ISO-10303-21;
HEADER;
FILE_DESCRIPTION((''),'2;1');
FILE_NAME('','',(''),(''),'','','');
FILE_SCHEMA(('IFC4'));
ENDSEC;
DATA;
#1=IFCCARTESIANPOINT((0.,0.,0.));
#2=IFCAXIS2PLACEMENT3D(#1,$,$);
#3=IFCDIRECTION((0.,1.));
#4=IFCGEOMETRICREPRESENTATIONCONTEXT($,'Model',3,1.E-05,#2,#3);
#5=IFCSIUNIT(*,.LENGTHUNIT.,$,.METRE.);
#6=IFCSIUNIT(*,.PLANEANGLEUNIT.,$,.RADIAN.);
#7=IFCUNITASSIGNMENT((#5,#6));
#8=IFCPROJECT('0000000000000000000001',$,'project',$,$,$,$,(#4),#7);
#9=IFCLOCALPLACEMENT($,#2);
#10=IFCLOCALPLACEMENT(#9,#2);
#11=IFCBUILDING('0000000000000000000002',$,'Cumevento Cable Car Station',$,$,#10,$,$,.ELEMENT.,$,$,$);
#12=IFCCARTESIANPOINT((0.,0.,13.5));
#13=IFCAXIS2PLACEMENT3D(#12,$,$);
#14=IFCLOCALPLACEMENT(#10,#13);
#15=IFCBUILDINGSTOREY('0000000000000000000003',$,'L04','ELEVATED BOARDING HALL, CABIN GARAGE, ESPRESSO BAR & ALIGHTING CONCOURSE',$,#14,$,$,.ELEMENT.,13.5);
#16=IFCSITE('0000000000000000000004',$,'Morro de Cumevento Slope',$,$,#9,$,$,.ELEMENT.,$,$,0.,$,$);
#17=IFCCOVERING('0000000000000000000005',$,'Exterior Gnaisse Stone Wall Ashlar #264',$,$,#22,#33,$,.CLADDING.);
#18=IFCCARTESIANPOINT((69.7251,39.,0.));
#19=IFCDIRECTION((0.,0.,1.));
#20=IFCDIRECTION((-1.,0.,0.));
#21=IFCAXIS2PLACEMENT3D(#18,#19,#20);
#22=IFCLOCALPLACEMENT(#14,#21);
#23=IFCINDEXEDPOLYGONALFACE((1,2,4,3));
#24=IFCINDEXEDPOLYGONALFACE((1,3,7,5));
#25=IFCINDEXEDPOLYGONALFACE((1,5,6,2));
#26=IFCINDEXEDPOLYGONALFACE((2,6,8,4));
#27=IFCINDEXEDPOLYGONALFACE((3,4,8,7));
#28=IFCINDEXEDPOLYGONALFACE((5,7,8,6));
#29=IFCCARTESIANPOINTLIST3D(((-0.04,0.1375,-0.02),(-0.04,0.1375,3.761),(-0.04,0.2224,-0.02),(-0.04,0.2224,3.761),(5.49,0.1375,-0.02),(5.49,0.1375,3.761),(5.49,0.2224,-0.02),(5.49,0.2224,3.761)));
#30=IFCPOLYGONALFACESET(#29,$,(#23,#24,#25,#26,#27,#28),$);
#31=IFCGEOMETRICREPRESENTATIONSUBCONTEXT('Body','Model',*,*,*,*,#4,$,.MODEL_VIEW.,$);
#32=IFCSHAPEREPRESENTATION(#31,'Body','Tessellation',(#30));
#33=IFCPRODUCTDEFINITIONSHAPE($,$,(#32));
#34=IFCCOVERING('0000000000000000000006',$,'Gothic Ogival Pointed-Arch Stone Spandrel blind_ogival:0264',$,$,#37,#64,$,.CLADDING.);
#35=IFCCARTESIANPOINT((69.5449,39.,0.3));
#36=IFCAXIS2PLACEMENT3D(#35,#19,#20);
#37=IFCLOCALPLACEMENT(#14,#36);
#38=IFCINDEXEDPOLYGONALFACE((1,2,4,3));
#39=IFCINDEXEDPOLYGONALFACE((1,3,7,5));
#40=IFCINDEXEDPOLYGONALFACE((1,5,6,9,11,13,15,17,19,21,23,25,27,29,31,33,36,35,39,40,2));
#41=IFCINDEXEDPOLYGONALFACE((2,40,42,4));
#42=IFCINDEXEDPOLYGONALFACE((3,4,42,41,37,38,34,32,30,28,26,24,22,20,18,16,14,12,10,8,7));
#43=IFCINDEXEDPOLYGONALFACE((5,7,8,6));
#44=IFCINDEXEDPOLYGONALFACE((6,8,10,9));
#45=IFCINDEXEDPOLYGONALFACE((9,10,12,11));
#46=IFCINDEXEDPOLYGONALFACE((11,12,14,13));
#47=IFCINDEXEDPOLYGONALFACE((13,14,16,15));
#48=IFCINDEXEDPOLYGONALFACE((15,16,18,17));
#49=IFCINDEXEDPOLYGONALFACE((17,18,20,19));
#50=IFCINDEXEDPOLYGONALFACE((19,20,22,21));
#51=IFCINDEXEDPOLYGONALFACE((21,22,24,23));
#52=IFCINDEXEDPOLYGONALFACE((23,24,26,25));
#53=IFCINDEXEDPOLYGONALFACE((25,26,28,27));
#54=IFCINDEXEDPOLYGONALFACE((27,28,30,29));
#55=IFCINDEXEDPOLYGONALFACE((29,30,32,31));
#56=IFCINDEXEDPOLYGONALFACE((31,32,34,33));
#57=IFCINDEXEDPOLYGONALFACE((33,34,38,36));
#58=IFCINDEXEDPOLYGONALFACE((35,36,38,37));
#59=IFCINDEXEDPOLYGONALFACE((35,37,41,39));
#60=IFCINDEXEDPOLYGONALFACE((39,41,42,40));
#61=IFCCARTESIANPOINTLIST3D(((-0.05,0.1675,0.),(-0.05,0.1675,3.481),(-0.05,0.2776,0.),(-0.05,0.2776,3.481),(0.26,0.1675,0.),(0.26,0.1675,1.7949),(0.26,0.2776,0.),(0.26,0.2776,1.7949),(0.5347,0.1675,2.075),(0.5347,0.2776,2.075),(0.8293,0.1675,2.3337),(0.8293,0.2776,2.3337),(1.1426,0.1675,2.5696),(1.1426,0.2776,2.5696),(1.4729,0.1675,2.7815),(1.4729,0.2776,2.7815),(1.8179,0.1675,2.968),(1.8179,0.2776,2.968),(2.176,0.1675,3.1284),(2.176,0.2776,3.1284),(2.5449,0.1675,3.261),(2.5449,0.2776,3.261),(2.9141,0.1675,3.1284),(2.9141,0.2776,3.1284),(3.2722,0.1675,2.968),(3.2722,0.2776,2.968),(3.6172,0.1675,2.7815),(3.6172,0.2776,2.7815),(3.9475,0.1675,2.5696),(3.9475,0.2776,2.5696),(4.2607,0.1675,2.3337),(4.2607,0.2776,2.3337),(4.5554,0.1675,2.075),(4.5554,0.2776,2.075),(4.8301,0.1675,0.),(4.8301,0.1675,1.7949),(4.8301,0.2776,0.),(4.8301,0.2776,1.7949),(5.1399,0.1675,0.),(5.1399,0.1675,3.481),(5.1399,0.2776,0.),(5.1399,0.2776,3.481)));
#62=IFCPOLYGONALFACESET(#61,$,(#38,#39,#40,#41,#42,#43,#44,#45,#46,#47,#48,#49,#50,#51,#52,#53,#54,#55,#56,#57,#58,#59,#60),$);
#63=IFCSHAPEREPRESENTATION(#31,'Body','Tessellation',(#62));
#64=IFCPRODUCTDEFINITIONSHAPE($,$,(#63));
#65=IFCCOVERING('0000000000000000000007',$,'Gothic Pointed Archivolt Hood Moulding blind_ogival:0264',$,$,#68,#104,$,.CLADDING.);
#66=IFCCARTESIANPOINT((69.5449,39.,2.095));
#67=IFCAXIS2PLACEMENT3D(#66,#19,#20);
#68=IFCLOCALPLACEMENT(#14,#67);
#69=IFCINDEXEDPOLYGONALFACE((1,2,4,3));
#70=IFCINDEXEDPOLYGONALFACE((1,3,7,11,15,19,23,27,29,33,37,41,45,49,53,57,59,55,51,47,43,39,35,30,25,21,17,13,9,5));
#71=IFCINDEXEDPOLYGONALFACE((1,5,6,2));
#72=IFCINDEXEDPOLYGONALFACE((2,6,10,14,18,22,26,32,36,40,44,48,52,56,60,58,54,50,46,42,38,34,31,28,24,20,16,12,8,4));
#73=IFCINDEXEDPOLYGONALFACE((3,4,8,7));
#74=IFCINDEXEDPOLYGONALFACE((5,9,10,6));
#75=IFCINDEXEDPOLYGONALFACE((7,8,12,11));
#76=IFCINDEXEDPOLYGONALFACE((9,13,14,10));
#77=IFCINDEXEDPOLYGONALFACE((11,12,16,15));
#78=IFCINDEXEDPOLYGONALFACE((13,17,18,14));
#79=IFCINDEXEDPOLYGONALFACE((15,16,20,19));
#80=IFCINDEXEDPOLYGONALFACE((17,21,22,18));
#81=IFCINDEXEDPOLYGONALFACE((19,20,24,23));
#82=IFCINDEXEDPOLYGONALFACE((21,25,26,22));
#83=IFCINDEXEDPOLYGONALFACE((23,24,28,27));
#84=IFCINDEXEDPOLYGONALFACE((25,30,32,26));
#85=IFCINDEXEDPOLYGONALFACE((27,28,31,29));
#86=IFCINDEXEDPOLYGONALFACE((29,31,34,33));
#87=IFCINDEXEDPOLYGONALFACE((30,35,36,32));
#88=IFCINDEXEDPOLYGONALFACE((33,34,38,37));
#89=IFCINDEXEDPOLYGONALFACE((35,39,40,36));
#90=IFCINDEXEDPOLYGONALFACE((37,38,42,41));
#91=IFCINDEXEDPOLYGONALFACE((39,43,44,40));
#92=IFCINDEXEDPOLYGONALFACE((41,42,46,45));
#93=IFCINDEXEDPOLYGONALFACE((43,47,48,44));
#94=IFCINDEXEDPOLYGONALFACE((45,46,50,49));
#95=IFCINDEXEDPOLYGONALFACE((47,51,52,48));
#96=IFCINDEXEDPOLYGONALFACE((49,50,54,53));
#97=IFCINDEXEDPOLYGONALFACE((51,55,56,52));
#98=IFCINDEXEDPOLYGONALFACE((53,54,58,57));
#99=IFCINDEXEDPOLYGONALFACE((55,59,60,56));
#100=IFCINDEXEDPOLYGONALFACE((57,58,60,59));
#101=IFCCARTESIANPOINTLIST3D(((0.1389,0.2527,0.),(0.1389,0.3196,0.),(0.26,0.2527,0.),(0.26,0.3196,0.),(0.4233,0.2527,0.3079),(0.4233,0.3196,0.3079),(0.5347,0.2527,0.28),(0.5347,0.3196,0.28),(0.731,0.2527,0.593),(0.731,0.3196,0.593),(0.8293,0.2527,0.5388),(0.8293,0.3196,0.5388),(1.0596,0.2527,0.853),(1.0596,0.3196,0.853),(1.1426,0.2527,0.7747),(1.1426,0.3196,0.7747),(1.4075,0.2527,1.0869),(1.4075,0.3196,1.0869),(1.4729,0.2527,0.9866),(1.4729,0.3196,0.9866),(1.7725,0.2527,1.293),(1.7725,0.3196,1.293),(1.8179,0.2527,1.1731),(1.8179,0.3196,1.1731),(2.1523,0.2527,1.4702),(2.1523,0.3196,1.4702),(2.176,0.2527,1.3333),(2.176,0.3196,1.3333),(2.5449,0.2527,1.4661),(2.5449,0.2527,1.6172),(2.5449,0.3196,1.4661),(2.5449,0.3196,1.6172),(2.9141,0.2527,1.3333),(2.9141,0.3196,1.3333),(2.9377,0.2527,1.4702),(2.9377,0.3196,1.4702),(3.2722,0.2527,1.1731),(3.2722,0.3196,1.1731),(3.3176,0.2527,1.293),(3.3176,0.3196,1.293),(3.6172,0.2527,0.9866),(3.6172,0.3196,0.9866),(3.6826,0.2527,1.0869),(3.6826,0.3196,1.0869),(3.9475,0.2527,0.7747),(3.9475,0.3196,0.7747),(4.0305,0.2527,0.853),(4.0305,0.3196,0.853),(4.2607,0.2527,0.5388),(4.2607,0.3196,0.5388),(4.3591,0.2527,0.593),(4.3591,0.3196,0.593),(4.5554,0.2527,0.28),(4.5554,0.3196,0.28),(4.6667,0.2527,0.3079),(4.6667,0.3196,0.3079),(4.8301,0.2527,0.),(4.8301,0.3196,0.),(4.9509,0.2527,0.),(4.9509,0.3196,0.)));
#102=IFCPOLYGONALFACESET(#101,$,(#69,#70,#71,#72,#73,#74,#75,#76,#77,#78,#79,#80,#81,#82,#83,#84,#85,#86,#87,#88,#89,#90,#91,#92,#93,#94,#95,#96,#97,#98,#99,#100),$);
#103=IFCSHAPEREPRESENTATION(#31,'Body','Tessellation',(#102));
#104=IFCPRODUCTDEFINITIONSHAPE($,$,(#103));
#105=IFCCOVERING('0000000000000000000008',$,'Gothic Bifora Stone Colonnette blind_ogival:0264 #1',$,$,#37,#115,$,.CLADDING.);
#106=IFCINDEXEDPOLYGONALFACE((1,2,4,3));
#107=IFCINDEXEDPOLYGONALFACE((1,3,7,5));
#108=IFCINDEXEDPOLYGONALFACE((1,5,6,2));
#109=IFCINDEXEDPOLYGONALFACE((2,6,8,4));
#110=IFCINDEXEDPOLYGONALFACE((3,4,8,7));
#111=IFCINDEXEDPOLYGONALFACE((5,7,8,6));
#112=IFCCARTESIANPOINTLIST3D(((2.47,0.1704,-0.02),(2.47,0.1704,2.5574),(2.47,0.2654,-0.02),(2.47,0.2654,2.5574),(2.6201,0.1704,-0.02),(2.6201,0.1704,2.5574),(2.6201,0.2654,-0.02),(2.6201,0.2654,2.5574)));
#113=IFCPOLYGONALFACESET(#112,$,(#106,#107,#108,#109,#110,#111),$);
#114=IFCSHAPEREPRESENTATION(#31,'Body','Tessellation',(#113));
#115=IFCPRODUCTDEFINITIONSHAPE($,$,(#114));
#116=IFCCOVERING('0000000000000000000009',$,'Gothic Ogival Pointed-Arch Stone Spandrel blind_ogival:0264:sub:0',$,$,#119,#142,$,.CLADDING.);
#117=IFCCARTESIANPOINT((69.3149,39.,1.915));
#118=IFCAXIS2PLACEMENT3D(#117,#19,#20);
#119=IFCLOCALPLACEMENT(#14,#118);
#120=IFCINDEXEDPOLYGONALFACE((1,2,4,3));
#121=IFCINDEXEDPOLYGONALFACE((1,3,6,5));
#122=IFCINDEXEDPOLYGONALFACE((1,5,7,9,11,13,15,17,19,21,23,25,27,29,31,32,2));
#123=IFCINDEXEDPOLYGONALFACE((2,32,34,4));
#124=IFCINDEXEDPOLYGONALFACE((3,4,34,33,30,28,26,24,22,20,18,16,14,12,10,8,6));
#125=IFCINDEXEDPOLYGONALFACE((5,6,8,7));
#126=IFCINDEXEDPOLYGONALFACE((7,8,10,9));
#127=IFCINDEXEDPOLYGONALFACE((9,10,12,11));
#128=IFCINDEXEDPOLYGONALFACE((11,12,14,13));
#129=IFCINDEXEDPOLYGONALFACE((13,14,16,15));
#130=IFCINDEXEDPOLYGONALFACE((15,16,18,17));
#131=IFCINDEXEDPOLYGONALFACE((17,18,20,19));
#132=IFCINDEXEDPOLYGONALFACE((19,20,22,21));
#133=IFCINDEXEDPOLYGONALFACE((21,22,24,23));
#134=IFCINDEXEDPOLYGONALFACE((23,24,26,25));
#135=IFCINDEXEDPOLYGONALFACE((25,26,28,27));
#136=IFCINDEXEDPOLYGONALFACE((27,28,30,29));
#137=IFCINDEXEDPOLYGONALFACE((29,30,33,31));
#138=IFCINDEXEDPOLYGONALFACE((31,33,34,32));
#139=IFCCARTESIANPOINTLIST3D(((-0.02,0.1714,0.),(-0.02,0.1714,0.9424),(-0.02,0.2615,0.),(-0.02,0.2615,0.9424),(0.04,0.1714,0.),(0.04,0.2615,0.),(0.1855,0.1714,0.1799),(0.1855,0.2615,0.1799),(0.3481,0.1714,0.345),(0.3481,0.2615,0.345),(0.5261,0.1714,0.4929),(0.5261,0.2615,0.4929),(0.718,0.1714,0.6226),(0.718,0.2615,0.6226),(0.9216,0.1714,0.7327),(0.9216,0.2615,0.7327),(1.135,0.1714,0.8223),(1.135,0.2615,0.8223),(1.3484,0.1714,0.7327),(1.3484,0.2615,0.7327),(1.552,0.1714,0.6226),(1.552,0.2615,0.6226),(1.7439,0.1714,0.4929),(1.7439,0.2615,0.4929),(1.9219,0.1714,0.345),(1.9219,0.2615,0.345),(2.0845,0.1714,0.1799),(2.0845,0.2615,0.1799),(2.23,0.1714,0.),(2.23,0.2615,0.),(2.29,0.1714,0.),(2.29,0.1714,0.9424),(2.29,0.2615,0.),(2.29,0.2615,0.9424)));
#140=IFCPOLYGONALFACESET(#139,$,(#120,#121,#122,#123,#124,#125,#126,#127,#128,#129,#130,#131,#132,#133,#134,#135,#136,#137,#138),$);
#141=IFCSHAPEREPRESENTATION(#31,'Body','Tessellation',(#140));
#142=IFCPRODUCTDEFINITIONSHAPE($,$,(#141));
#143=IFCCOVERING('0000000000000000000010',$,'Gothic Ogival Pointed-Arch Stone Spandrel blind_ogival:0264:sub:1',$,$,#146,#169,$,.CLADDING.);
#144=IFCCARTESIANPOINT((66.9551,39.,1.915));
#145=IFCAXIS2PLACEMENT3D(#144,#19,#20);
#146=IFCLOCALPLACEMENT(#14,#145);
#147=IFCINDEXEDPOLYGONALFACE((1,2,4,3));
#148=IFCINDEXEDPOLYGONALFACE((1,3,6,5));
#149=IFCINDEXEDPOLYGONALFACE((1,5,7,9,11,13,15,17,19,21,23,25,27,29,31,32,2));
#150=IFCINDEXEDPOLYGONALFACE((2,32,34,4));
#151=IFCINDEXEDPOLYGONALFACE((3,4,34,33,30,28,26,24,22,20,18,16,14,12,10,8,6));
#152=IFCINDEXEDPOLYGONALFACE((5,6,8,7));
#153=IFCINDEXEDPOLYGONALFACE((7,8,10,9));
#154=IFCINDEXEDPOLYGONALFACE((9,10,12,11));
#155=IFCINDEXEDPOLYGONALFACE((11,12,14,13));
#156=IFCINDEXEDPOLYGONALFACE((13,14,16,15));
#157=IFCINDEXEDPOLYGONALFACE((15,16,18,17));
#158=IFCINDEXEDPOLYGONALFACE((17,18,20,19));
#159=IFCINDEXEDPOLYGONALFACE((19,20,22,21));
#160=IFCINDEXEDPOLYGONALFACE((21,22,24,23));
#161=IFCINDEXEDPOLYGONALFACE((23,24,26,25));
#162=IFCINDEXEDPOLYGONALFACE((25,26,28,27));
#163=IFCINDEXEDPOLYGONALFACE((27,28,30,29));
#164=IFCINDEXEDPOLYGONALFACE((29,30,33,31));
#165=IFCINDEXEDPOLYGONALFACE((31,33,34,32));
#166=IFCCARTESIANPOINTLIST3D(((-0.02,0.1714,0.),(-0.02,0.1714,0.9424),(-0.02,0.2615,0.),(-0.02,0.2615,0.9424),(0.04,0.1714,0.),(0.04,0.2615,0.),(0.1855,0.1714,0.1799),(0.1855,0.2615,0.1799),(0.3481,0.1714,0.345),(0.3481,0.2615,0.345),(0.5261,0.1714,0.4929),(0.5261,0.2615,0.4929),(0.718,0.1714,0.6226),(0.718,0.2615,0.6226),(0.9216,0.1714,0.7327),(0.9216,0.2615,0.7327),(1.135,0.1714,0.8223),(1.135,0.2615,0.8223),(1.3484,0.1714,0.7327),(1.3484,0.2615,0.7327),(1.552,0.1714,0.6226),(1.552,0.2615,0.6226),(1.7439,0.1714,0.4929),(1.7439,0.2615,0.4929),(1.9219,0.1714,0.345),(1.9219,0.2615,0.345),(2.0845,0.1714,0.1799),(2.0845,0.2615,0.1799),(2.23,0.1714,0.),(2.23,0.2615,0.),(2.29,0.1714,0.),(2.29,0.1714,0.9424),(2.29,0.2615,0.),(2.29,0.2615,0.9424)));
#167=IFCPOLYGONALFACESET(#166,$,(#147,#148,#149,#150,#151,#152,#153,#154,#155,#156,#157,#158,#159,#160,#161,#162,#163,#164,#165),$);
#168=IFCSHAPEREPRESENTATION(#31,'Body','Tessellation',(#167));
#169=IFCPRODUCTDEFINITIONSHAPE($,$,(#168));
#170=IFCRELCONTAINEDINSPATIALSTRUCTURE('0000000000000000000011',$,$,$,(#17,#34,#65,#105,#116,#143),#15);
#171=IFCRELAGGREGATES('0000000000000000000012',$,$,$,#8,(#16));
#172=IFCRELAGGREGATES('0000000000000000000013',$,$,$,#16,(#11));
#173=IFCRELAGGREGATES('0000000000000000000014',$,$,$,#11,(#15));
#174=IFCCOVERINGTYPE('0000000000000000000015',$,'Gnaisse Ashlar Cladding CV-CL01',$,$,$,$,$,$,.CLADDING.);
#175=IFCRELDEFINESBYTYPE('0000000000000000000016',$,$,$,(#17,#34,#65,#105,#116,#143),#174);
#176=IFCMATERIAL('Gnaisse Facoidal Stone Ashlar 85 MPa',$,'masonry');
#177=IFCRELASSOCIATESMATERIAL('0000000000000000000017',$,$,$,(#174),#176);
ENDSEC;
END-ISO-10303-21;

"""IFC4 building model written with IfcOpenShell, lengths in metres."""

from ifc_helpers import new_model, si_unit, direction, frame, origin, place, context, subcontext, project, spatial, polyline, outline, extrude, material, type_object, element, save


model = new_model("IFC4")

# Units and contexts
model_context = context("Model", 3, precision=1e-05, world=origin(), true_north=direction((0.0, 1.0)))
body_context = subcontext(model_context, "Body", "Model", "MODEL_VIEW")
ifc_project = project(units=[si_unit("LENGTHUNIT", "METRE"), si_unit("PLANEANGLEUNIT", "RADIAN")], contexts=[model_context])

# Site, building, storey
site_placement = place(None, origin())
site = spatial("IfcSite", under=ifc_project, at=site_placement, Name="Morro de Cumevento Slope", CompositionType="ELEMENT", RefElevation=0.0)
building_placement = place(site_placement, origin())
building = spatial("IfcBuilding", under=site, at=building_placement, Name="Cumevento Cable Car Station", CompositionType="ELEMENT")
storey_placement = place(building_placement, frame((0.0, 0.0, 13.5)))
storey = spatial("IfcBuildingStorey", under=building, at=storey_placement, Name="L04", Description="ELEVATED BOARDING HALL, CABIN GARAGE, ESPRESSO BAR & ALIGHTING CONCOURSE", CompositionType="ELEMENT", Elevation=13.5)

# Coverings
ifc_material_1 = material(Name="Gnaisse Facoidal Stone Ashlar 85 MPa", Category="masonry")
covering_type = type_object("IfcCoveringType", Name="Gnaisse Ashlar Cladding CV-CL01", PredefinedType="CLADDING", material=ifc_material_1)
covering_1_placement = place(storey_placement, frame((69.7251, 39.0, 0.0), z_axis=(0.0, 0.0, 1.0), x_axis=(-1.0, 0.0, 0.0)))
element("IfcCovering", 1, at=covering_1_placement, inside=storey, type_object=covering_type, Name="Exterior Gnaisse Stone Wall Ashlar #264", PredefinedType="CLADDING", context=body_context, shape_type="SweptSolid", body=[
    extrude(outline(polyline([(-0.04, -0.02), (5.49, -0.02), (5.49, 3.761), (-0.04, 3.761), (-0.04, -0.02)])), frame((0.0, 0.2224, 0.0), z_axis=(0.0, -1.0, 0.0), x_axis=(1.0, 0.0, 0.0)), (0.0, 0.0, 1.0), 0.085),
])
placement = place(storey_placement, frame((69.5449, 39.0, 0.3), z_axis=(0.0, 0.0, 1.0), x_axis=(-1.0, 0.0, 0.0)))
element("IfcCovering", 2, at=placement, inside=storey, type_object=covering_type, Name="Gothic Ogival Pointed-Arch Stone Spandrel blind_ogival:0264", PredefinedType="CLADDING", context=body_context, shape_type="SweptSolid", body=[
    extrude(outline(polyline([(-0.05, 0.0), (-0.05, 3.481), (5.1399, 3.481), (5.1399, 0.0), (4.8301, 0.0), (4.8301, 1.7949), (4.5554, 2.075), (4.2607, 2.3337), (3.9475, 2.5696), (3.6172, 2.7815), (3.2722, 2.968), (2.9141, 3.1284), (2.5449, 3.261), (2.176, 3.1284), (1.8179, 2.968), (1.4729, 2.7815), (1.1426, 2.5696), (0.8293, 2.3337), (0.5347, 2.075), (0.26, 1.7949), (0.26, 0.0), (-0.05, 0.0)])), frame((0.0, 0.2776, 0.0), z_axis=(0.0, -1.0, 0.0), x_axis=(1.0, 0.0, 0.0)), (0.0, 0.0, 1.0), 0.1101),
])
covering_2_placement = place(storey_placement, frame((69.5449, 39.0, 2.095), z_axis=(0.0, 0.0, 1.0), x_axis=(-1.0, 0.0, 0.0)))
element("IfcCovering", 3, at=covering_2_placement, inside=storey, type_object=covering_type, Name="Gothic Pointed Archivolt Hood Moulding blind_ogival:0264", PredefinedType="CLADDING", context=body_context, shape_type="SweptSolid", body=[
    extrude(outline(polyline([(0.26, 0.0), (0.5347, 0.28), (0.8293, 0.5388), (1.1426, 0.7747), (1.4729, 0.9866), (1.8179, 1.1731), (2.176, 1.3333), (2.5449, 1.4661), (2.9141, 1.3333), (3.2722, 1.1731), (3.6172, 0.9866), (3.9475, 0.7747), (4.2607, 0.5388), (4.5554, 0.28), (4.8301, 0.0), (4.9509, 0.0), (4.6667, 0.3079), (4.3591, 0.593), (4.0305, 0.853), (3.6826, 1.0869), (3.3176, 1.293), (2.9377, 1.4702), (2.5449, 1.6172), (2.1523, 1.4702), (1.7725, 1.293), (1.4075, 1.0869), (1.0596, 0.853), (0.731, 0.593), (0.4233, 0.3079), (0.1389, 0.0), (0.26, 0.0)])), frame((0.0, 0.3196, 0.0), z_axis=(0.0, -1.0, 0.0), x_axis=(1.0, 0.0, 0.0)), (0.0, 0.0, 1.0), 0.0669),
])
element("IfcCovering", 4, at=placement, inside=storey, type_object=covering_type, Name="Gothic Bifora Stone Colonnette blind_ogival:0264 #1", PredefinedType="CLADDING", context=body_context, shape_type="SweptSolid", body=[
    extrude(outline(polyline([(2.47, -0.02), (2.6201, -0.02), (2.6201, 2.5574), (2.47, 2.5574), (2.47, -0.02)])), frame((0.0, 0.2654, 0.0), z_axis=(0.0, -1.0, 0.0), x_axis=(1.0, 0.0, 0.0)), (0.0, 0.0, 1.0), 0.095),
])
for number, where, z_axis, x_axis, name in (
    (5, (69.3149, 39.0, 1.915), (0.0, 0.0, 1.0), (-1.0, 0.0, 0.0), "Gothic Ogival Pointed-Arch Stone Spandrel blind_ogival:0264:sub:0"),
    (6, (66.9551, 39.0, 1.915), (0.0, 0.0, 1.0), (-1.0, 0.0, 0.0), "Gothic Ogival Pointed-Arch Stone Spandrel blind_ogival:0264:sub:1"),
):
    element("IfcCovering", number, at=place(storey_placement, frame(where, z_axis=z_axis, x_axis=x_axis)), inside=storey, type_object=covering_type, Name=name, PredefinedType="CLADDING", context=body_context, shape_type="SweptSolid", body=[
        extrude(outline(polyline([(-0.02, 0.0), (-0.02, 0.9424), (2.29, 0.9424), (2.29, 0.0), (2.23, 0.0), (2.0845, 0.1799), (1.9219, 0.345), (1.7439, 0.4929), (1.552, 0.6226), (1.3484, 0.7327), (1.135, 0.8223), (0.9216, 0.7327), (0.718, 0.6226), (0.5261, 0.4929), (0.3481, 0.345), (0.1855, 0.1799), (0.04, 0.0), (-0.02, 0.0)])), frame((0.0, 0.2615, 0.0), z_axis=(0.0, -1.0, 0.0), x_axis=(1.0, 0.0, 0.0)), (0.0, 0.0, 1.0), 0.0901),
    ])

save(model, "model.ifc")
